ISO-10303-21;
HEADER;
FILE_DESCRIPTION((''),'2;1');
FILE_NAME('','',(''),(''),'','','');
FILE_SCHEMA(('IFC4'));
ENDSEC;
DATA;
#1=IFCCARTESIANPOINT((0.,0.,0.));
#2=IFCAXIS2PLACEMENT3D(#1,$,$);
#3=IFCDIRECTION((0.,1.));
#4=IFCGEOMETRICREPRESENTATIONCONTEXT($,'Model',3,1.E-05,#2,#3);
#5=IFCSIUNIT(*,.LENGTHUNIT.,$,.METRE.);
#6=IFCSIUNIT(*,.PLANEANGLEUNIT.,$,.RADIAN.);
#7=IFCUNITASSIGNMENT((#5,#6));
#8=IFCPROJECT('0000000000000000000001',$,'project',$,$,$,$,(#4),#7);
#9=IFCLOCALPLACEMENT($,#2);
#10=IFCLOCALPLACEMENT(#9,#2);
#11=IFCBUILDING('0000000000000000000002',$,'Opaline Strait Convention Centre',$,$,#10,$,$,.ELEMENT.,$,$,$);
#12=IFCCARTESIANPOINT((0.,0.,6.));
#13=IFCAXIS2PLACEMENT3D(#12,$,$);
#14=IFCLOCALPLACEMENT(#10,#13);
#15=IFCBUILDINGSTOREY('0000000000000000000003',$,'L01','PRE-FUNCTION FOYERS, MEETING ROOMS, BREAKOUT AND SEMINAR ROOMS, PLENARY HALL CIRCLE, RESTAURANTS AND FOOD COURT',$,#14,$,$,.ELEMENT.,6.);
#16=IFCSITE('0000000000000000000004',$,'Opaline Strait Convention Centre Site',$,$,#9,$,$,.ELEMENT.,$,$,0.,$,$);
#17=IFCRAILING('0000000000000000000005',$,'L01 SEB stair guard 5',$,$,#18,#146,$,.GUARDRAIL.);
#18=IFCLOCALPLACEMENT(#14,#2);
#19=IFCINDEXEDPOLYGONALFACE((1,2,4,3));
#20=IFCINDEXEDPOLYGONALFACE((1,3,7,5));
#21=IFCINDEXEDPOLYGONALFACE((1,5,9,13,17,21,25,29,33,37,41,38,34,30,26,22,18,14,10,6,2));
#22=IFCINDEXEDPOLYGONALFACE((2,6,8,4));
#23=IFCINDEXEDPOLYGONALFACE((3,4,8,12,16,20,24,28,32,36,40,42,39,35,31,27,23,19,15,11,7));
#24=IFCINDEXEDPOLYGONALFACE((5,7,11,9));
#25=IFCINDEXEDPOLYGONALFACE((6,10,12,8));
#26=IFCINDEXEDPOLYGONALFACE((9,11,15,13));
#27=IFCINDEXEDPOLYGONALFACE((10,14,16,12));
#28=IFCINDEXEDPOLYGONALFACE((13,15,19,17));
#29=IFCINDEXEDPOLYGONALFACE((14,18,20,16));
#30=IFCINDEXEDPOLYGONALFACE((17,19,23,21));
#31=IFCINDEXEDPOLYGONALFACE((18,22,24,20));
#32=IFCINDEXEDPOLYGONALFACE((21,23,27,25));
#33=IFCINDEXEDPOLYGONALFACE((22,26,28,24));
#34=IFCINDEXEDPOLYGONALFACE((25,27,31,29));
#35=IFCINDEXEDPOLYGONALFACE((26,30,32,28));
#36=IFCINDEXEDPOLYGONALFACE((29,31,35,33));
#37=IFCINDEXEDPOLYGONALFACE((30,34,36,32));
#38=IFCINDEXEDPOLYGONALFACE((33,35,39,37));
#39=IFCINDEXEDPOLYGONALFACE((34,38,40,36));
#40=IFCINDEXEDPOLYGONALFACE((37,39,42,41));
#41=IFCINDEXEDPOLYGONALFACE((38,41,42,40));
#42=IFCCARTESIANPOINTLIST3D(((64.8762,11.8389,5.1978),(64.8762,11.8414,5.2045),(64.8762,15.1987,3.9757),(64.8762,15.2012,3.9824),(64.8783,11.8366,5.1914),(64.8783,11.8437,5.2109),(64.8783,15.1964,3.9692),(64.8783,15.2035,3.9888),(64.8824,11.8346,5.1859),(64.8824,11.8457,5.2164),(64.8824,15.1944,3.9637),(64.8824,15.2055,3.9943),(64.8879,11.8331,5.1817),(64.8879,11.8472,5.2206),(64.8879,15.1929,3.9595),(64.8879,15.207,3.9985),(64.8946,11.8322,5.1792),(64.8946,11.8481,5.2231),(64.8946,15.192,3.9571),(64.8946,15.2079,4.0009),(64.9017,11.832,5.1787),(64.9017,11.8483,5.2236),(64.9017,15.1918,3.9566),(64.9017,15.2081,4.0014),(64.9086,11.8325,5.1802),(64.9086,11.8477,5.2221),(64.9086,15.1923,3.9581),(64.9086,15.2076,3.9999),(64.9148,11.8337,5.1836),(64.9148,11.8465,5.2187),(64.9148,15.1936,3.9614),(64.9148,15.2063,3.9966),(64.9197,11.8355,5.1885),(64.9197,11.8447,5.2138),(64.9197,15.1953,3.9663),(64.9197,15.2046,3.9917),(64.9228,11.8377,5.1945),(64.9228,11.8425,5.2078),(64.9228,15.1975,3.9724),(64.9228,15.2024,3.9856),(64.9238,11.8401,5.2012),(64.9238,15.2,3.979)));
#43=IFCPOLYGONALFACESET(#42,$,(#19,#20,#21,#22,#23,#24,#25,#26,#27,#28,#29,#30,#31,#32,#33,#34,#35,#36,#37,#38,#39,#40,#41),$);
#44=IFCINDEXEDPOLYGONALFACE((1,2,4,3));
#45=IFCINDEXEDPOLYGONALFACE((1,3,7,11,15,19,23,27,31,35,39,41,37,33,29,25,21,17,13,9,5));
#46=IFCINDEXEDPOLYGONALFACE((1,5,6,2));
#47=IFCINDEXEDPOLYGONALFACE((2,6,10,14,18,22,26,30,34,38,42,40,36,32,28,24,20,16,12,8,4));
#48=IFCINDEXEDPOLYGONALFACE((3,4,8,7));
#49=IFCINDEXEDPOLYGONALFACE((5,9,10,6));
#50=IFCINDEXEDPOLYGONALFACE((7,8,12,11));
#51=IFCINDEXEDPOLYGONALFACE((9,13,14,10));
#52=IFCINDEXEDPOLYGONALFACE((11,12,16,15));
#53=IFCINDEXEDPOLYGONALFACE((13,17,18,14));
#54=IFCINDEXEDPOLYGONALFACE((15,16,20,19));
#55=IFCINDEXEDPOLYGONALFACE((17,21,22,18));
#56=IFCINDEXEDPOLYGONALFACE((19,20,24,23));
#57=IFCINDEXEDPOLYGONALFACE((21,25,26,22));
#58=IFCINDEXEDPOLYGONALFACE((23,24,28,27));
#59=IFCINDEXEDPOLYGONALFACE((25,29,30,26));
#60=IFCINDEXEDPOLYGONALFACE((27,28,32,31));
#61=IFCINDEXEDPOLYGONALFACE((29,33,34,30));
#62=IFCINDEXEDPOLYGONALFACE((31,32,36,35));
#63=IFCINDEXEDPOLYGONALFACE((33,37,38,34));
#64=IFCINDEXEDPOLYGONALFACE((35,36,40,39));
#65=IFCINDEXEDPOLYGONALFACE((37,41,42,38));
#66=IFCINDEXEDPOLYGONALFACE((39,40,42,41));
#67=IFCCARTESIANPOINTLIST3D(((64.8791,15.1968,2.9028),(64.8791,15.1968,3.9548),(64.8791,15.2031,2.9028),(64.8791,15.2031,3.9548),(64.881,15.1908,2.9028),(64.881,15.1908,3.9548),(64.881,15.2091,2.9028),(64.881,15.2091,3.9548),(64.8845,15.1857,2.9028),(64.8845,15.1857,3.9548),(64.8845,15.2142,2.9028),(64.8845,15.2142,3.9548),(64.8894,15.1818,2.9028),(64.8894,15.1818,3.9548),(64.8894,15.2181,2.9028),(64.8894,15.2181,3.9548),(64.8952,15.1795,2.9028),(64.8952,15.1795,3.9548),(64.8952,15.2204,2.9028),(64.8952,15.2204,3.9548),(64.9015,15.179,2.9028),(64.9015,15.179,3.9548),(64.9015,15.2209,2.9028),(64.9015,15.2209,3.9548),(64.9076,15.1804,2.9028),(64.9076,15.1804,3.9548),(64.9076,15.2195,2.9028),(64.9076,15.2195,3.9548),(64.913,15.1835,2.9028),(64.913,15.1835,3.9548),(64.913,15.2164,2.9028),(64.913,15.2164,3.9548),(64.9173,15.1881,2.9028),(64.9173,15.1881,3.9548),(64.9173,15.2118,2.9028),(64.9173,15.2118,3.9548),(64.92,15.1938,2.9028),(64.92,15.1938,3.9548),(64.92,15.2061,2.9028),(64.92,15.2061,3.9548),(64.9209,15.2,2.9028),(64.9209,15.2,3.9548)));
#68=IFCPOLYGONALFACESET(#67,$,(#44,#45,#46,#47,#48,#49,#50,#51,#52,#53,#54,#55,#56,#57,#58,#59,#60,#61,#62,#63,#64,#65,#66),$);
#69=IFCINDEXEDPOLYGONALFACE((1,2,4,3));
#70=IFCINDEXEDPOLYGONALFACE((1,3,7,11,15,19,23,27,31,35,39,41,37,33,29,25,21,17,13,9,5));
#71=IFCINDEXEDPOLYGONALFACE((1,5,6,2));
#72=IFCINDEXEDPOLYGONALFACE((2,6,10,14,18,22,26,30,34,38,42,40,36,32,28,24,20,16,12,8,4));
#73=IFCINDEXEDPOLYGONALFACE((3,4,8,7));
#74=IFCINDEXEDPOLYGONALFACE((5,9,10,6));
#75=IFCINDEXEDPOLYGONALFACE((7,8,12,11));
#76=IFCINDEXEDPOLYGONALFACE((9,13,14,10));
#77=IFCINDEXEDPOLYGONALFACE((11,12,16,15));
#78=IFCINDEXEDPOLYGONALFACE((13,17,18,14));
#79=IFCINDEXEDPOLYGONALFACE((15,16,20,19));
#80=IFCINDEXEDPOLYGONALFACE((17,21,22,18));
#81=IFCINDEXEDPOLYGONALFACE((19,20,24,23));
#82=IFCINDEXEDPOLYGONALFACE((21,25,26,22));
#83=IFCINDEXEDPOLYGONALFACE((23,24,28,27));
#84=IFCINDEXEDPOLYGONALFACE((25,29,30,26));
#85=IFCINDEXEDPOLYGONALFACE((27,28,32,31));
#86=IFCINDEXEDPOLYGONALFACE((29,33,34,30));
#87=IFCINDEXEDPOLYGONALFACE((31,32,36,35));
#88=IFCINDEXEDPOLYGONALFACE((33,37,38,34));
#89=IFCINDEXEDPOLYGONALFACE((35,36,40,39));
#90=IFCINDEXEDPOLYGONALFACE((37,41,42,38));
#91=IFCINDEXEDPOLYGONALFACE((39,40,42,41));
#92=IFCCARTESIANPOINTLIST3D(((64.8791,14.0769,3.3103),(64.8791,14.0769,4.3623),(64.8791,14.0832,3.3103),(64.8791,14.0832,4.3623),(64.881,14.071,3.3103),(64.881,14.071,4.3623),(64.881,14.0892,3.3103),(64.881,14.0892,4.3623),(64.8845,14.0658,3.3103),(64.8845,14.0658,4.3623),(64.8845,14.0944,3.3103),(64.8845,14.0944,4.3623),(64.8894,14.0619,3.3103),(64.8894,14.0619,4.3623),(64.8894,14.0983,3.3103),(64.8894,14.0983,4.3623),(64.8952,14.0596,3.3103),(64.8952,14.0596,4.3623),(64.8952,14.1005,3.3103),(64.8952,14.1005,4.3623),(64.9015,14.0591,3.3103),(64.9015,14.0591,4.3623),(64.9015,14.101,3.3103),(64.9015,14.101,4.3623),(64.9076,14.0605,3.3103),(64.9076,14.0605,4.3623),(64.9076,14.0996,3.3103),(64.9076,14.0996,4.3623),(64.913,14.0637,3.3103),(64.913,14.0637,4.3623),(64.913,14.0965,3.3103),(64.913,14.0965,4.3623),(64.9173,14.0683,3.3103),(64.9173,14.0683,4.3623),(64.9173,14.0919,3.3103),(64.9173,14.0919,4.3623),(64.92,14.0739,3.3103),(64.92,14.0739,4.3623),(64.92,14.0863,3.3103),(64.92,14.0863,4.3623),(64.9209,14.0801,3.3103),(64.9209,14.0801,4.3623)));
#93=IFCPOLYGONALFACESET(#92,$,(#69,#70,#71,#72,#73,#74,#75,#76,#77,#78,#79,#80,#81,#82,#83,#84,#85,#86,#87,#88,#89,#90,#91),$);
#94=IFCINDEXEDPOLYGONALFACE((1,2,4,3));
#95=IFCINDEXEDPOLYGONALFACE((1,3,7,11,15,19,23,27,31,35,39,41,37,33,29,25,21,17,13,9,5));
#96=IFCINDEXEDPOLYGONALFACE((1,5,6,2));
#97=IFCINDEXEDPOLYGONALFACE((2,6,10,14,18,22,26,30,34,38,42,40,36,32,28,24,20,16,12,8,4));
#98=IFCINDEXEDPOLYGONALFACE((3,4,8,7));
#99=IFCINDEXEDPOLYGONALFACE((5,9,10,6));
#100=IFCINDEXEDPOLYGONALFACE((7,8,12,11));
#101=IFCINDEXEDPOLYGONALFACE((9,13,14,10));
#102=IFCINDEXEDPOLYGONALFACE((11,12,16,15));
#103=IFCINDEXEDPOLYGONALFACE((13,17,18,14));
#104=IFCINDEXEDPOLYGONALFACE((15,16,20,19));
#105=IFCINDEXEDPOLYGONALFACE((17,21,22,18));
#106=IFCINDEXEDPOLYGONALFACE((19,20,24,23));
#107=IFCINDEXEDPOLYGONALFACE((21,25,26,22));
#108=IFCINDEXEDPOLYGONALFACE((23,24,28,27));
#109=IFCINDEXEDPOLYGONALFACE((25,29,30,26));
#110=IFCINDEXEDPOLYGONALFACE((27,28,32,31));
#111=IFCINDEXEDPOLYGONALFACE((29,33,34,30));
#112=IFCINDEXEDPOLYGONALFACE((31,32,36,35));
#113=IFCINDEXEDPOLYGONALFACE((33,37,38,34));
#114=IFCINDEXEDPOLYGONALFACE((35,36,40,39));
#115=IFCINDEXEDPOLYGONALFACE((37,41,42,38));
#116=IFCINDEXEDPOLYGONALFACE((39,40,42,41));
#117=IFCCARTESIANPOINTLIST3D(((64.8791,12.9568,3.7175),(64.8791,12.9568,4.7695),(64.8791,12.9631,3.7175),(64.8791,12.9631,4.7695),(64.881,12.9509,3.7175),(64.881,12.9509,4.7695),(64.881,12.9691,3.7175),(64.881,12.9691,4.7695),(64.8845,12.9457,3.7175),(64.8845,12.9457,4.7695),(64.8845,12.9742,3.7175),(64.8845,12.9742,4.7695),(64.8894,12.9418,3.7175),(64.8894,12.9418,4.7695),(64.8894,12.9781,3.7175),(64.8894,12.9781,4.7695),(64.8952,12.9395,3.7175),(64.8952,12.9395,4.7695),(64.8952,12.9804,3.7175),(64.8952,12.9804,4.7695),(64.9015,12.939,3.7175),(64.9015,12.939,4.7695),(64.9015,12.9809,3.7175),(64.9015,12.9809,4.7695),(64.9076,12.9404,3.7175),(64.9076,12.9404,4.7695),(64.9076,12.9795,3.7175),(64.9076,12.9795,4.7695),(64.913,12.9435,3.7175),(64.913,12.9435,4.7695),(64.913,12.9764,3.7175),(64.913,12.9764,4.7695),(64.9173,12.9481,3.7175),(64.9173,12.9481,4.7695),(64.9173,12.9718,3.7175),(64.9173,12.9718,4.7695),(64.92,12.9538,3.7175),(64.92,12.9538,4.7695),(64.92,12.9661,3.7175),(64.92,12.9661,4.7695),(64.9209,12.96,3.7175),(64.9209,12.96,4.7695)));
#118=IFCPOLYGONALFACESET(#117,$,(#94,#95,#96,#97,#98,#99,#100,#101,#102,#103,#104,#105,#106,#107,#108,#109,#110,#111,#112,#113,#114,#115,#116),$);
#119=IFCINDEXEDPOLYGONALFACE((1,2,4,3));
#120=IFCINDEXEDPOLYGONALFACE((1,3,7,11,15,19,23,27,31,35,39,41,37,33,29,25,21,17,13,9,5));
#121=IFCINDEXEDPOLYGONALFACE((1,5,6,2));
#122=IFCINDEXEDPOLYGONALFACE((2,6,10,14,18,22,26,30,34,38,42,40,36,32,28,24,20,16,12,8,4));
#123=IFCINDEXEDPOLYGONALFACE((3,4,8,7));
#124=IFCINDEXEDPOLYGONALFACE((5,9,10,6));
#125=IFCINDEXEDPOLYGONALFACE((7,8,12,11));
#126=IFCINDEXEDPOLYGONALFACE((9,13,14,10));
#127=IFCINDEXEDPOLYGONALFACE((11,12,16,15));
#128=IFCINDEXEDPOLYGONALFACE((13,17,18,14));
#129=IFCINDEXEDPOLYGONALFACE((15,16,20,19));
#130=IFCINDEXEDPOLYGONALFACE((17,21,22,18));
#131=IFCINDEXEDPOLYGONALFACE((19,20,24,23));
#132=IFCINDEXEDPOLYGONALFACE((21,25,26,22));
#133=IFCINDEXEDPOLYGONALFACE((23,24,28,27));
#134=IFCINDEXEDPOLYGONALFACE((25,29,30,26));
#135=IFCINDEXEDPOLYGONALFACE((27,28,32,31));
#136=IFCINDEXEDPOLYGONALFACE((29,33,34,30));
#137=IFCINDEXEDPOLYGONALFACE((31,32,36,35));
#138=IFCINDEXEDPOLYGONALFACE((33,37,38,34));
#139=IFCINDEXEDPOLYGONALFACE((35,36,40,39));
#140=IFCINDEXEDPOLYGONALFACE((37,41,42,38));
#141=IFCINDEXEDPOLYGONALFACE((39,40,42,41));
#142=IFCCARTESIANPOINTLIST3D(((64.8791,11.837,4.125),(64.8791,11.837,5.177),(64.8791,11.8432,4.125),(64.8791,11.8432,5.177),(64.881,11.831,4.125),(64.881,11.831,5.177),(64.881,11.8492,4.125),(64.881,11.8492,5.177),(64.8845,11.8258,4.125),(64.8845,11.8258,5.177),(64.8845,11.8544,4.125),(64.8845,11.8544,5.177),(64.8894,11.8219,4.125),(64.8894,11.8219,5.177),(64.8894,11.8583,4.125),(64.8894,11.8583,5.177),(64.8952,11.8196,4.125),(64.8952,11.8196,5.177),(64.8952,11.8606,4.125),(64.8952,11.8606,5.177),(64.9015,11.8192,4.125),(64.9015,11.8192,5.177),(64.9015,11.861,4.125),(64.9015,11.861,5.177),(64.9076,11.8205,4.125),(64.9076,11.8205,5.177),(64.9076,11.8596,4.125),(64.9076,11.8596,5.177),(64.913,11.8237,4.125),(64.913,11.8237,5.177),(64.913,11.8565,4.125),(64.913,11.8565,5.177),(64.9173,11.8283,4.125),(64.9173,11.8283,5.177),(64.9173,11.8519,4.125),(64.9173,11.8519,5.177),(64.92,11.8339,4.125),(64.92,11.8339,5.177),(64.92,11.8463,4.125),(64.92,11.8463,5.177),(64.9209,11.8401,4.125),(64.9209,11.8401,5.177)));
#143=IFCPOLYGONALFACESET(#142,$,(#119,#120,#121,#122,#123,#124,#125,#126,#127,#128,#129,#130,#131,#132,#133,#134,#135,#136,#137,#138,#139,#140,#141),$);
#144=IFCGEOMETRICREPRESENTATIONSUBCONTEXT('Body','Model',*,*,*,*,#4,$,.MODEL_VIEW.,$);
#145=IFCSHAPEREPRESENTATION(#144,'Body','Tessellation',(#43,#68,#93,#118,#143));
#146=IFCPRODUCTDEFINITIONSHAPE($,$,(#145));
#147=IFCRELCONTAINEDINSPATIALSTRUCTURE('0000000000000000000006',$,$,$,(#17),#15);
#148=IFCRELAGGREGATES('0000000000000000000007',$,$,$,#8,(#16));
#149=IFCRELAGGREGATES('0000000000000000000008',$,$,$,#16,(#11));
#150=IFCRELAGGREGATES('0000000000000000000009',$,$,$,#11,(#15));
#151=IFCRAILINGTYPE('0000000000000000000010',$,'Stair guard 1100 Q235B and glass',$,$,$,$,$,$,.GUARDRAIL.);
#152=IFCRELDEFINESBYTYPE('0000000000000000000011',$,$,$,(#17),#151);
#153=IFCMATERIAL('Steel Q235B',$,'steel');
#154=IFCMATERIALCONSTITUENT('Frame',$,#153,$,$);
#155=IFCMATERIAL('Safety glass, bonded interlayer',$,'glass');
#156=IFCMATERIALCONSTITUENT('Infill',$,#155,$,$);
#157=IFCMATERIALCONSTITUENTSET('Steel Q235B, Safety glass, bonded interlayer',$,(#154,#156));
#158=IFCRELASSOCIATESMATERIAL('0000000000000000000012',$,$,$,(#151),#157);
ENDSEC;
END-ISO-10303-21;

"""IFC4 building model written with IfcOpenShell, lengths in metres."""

from ifc_helpers import new_model, si_unit, direction, frame, origin, origin_2d, place, context, subcontext, project, spatial, circle, extrude, material, constituent, constituent_set, type_object, element, save


model = new_model("IFC4")

# Units and contexts
model_context = context("Model", 3, precision=1e-05, world=origin(), true_north=direction((0.0, 1.0)))
body_context = subcontext(model_context, "Body", "Model", "MODEL_VIEW")
ifc_project = project(units=[si_unit("LENGTHUNIT", "METRE"), si_unit("PLANEANGLEUNIT", "RADIAN")], contexts=[model_context])

# Site, building, storey
site_placement = place(None, origin())
site = spatial("IfcSite", under=ifc_project, at=site_placement, Name="Opaline Strait Convention Centre Site", CompositionType="ELEMENT", RefElevation=0.0)
building_placement = place(site_placement, origin())
building = spatial("IfcBuilding", under=site, at=building_placement, Name="Opaline Strait Convention Centre", CompositionType="ELEMENT")
storey_placement = place(building_placement, frame((0.0, 0.0, 6.0)))
storey = spatial("IfcBuildingStorey", under=building, at=storey_placement, Name="L01", Description="PRE-FUNCTION FOYERS, MEETING ROOMS, BREAKOUT AND SEMINAR ROOMS, PLENARY HALL CIRCLE, RESTAURANTS AND FOOD COURT", CompositionType="ELEMENT", Elevation=6.0)

# Railing
ifc_material_1 = material(Name="Steel Q235B", Category="steel")
ifc_constituent_1 = constituent(ifc_material_1, Name="Frame")
ifc_material_2 = material(Name="Safety glass, bonded interlayer", Category="glass")
ifc_constituent_2 = constituent(ifc_material_2, Name="Infill")
ifc_constituent_set = constituent_set(constituents=[ifc_constituent_1, ifc_constituent_2], Name="Steel Q235B, Safety glass, bonded interlayer")
railing_type_1 = type_object("IfcRailingType", Name="Stair guard 1100 Q235B and glass", PredefinedType="GUARDRAIL", material=ifc_constituent_set)
railing_1_placement = place(storey_placement, frame((64.8999, 15.2, 2.9028)))
element("IfcRailing", 1, at=railing_1_placement, inside=storey, type_object=railing_type_1, Name="L01 SEB stair guard 5", PredefinedType="GUARDRAIL", context=body_context, shape_type="SweptSolid", body=[
    extrude(circle(Radius=0.0239, at=origin_2d()), frame((0.0, 0.0, 1.0762), z_axis=(0.0, -0.939758, 0.341842), x_axis=(1.0, 0.0, 0.0)), (0.0, 0.0, 1.0), 3.5752),
    extrude(circle(Radius=0.021, at=origin_2d()), origin(), (0.0, 0.0, 1.0), 1.052),
    extrude(circle(Radius=0.021, at=origin_2d()), frame((0.0, -1.1199, 0.4075)), (0.0, 0.0, 1.0), 1.052),
    extrude(circle(Radius=0.021, at=origin_2d()), frame((0.0, -2.24, 0.8147)), (0.0, 0.0, 1.0), 1.052),
    extrude(circle(Radius=0.021, at=origin_2d()), frame((0.0, -3.3599, 1.2222)), (0.0, 0.0, 1.0), 1.052),
])

save(model, "model.ifc")
